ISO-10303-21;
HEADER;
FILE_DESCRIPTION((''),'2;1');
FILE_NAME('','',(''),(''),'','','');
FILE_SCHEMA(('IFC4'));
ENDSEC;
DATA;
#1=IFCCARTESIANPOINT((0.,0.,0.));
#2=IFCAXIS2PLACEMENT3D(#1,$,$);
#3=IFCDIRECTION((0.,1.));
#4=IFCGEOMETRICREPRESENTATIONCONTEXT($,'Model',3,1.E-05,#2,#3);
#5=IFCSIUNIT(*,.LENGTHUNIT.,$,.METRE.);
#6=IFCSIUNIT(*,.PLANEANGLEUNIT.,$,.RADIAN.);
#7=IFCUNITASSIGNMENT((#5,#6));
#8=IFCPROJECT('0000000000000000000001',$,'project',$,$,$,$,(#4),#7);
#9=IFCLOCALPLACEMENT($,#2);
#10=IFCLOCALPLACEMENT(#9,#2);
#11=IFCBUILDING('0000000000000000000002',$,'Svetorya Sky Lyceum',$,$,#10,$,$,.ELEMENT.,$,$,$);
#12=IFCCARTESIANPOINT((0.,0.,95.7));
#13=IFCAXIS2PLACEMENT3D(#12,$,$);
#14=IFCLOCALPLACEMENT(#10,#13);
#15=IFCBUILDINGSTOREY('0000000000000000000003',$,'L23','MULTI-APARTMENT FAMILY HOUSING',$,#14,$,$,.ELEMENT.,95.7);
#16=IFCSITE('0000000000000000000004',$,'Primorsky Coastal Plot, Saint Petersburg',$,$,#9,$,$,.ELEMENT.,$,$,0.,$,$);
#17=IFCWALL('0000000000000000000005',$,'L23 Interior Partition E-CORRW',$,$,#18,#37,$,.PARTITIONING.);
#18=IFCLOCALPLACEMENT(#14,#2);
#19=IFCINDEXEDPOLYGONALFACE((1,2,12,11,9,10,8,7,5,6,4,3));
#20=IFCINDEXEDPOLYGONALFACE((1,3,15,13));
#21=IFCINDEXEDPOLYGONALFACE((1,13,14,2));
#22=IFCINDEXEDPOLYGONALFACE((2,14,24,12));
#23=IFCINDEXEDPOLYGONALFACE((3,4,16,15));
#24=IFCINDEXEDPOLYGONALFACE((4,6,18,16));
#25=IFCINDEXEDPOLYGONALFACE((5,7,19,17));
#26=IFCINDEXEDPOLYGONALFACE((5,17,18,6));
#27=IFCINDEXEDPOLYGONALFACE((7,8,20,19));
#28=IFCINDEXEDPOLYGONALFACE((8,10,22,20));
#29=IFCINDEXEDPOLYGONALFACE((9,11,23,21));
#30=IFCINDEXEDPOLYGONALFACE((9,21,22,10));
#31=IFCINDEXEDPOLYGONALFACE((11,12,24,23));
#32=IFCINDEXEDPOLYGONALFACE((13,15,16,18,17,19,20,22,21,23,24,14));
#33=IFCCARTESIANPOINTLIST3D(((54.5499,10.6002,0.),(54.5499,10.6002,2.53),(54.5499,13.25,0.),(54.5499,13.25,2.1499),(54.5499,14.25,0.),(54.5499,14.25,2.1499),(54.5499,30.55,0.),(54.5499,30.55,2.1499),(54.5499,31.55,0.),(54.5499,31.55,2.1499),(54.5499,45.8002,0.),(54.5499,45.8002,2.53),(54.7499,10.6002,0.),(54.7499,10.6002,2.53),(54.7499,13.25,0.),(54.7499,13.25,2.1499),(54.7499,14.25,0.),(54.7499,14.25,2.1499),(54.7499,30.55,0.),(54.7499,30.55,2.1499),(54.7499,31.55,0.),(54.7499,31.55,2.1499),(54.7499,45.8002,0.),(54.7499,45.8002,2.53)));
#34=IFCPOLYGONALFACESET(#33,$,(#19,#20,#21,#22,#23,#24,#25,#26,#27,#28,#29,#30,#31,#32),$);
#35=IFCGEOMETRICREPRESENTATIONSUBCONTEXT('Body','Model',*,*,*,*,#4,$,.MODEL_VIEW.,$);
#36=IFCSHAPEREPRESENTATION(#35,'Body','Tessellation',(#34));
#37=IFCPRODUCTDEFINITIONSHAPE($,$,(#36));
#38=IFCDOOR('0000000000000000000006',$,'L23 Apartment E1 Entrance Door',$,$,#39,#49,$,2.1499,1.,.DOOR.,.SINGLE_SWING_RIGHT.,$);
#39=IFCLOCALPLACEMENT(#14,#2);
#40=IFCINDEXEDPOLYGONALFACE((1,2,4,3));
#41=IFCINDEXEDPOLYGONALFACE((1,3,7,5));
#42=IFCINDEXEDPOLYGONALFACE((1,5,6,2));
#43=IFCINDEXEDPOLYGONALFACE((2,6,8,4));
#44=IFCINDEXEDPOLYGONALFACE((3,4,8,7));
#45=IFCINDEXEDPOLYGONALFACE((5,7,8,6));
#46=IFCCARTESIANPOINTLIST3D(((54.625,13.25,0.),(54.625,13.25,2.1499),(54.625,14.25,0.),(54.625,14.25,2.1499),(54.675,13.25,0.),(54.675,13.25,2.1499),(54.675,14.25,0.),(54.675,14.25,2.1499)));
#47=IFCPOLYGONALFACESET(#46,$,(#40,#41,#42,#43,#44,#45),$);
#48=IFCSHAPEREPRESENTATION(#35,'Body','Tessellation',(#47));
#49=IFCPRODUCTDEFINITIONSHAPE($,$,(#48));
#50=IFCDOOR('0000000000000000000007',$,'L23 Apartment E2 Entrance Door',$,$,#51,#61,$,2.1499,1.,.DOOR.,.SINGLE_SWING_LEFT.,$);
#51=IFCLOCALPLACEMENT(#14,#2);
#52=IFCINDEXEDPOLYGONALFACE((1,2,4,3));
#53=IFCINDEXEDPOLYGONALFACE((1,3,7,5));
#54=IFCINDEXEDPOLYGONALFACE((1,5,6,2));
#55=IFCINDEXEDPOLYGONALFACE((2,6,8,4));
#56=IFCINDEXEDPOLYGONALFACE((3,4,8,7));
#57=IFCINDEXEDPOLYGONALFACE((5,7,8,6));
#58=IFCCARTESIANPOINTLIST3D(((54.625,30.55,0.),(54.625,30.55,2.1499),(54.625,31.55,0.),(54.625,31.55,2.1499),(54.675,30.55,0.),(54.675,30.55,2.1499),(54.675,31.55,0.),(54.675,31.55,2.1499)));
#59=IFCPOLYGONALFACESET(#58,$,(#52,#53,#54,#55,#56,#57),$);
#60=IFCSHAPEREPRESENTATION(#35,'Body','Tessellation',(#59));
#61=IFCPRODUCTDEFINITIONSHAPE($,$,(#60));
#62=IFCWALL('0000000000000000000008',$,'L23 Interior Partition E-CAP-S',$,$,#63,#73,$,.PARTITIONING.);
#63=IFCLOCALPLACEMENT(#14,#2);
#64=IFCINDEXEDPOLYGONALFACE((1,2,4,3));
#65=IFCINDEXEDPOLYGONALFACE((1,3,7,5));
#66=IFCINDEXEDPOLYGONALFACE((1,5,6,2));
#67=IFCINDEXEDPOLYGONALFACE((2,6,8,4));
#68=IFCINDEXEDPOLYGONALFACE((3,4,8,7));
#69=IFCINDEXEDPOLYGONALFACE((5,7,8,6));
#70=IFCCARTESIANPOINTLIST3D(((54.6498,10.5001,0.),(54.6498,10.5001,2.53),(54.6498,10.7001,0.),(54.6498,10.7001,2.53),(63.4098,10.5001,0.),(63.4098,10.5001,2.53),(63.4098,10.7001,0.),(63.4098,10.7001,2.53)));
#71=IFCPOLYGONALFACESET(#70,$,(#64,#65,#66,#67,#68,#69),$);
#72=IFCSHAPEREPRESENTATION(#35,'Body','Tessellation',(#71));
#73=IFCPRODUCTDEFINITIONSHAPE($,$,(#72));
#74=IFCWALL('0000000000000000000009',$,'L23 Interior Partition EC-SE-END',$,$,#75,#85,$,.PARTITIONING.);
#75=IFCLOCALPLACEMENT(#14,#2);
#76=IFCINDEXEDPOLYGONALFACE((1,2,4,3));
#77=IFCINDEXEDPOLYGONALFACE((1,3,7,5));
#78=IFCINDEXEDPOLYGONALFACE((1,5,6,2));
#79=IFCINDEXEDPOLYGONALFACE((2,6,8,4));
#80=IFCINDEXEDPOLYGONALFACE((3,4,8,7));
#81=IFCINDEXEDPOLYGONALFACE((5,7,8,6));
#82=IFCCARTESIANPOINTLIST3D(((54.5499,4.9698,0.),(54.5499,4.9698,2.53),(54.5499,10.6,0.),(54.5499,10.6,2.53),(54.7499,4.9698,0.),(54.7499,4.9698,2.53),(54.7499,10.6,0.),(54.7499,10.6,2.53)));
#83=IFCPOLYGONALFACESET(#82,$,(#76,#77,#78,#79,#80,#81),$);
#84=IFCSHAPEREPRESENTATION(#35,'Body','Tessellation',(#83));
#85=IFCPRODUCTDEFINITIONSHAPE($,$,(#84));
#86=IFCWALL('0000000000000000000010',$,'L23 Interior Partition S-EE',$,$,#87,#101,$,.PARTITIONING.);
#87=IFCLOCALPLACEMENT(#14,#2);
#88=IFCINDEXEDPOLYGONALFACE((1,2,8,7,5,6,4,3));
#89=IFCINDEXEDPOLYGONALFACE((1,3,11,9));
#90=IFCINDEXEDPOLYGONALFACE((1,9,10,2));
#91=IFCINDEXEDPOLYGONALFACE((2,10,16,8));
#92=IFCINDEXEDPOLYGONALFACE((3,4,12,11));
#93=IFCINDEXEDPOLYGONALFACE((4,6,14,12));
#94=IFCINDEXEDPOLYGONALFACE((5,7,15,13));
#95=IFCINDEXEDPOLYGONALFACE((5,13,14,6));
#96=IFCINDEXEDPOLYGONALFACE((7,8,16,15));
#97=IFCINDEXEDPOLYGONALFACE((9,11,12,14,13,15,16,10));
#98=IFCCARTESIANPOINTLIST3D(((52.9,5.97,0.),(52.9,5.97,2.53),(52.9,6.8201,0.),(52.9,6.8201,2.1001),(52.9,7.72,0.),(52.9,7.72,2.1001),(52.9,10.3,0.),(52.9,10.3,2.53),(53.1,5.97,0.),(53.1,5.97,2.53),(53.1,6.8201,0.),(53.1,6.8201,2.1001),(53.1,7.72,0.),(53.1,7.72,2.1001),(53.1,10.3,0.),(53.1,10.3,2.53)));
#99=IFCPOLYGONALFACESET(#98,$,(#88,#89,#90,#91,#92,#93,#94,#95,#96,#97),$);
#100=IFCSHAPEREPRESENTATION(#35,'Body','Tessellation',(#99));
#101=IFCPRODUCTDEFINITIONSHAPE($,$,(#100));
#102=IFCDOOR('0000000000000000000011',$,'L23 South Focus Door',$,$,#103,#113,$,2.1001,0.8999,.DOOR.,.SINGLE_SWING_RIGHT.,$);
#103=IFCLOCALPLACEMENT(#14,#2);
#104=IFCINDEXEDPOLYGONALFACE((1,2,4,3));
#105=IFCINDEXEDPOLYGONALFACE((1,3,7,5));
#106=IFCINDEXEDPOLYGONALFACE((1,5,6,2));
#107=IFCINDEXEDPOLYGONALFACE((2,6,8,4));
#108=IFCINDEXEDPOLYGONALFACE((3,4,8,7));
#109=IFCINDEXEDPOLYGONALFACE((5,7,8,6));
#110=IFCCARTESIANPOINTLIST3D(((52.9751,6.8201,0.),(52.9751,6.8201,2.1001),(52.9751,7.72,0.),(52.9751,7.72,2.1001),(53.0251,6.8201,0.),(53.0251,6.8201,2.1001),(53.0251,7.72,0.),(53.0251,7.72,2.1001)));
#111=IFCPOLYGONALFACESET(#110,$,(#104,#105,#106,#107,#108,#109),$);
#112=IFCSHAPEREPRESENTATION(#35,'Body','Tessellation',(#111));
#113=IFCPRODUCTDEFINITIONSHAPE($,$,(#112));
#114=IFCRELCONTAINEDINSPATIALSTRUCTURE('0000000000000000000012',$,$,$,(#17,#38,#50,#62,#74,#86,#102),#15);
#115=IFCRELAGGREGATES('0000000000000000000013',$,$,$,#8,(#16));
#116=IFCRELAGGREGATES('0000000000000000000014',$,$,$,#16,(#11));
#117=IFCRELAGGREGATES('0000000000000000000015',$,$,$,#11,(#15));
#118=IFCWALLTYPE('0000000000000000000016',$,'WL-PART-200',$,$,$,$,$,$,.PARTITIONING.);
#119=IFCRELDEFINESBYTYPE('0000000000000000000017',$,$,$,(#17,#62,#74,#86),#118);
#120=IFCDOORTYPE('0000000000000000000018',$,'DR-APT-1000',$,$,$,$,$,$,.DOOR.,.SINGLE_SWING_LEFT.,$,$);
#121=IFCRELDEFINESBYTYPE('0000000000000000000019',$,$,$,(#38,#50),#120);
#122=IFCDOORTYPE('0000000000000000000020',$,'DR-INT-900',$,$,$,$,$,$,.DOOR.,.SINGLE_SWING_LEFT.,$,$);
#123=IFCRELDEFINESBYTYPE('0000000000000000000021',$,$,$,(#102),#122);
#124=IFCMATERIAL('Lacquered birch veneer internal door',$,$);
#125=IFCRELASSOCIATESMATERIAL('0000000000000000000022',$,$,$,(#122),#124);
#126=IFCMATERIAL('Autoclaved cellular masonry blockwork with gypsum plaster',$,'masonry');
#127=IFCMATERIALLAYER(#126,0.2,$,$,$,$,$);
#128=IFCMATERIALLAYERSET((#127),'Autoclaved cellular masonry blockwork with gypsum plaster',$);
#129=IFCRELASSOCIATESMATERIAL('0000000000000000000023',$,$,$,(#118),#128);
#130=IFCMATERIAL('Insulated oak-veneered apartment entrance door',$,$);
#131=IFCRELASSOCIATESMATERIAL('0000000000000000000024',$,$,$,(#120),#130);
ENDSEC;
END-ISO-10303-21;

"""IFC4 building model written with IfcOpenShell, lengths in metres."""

from ifc_helpers import new_model, si_unit, direction, frame, frame_2d, origin, place, context, subcontext, project, spatial, rectangle, extrude, material, layer, layer_set, type_object, element, fill, save


model = new_model("IFC4")

# Units and contexts
model_context = context("Model", 3, precision=1e-05, world=origin(), true_north=direction((0.0, 1.0)))
body_context = subcontext(model_context, "Body", "Model", "MODEL_VIEW")
ifc_project = project(units=[si_unit("LENGTHUNIT", "METRE"), si_unit("PLANEANGLEUNIT", "RADIAN")], contexts=[model_context])

# Site, building, storey
site_placement = place(None, origin())
site = spatial("IfcSite", under=ifc_project, at=site_placement, Name="Primorsky Coastal Plot, Saint Petersburg", CompositionType="ELEMENT", RefElevation=0.0)
building_placement = place(site_placement, origin())
building = spatial("IfcBuilding", under=site, at=building_placement, Name="Svetorya Sky Lyceum", CompositionType="ELEMENT")
storey_placement = place(building_placement, frame((0.0, 0.0, 95.7)))
storey = spatial("IfcBuildingStorey", under=building, at=storey_placement, Name="L23", Description="MULTI-APARTMENT FAMILY HOUSING", CompositionType="ELEMENT", Elevation=95.7)

# Wall, openings, doors
ifc_material_1 = material(Name="Lacquered birch veneer internal door")
door_type_1 = type_object("IfcDoorType", Name="DR-INT-900", OperationType="SINGLE_SWING_LEFT", PredefinedType="DOOR", material=ifc_material_1)
ifc_material_2 = material(Name="Autoclaved cellular masonry blockwork with gypsum plaster", Category="masonry")
ifc_layer_1 = layer(ifc_material_2, 0.2)
ifc_layer_set_1 = layer_set([ifc_layer_1], Name="Autoclaved cellular masonry blockwork with gypsum plaster")
wall_type_1 = type_object("IfcWallType", Name="WL-PART-200", PredefinedType="PARTITIONING", material=ifc_layer_set_1)
wall_1_placement = place(storey_placement, frame((54.6499, 10.6001, 0.0), z_axis=(0.0, 0.0, 1.0), x_axis=(0.0, 1.0, 0.0)))
wall_1 = element("IfcWall", 1, at=wall_1_placement, inside=storey, type_object=wall_type_1, Name="L23 Interior Partition E-CORRW", PredefinedType="PARTITIONING", context=body_context, shape_type="SweptSolid", body=[
    extrude(rectangle(XDim=35.2, YDim=0.2, at=frame_2d((17.6001, 0.0))), origin(), (0.0, 0.0, 1.0), 2.53),
])
opening_1_placement = place(wall_1_placement, frame((2.6499, 0.0, 0.0)))
opening_1 = element("IfcOpeningElement", 2, at=opening_1_placement, cuts=wall_1, PredefinedType="OPENING", context=body_context, shape_type="SweptSolid", body=[
    extrude(rectangle(XDim=1.0, YDim=2.1499, at=frame_2d((0.5, 1.075))), frame((0.0, 0.1099, 0.0), z_axis=(0.0, -1.0, 0.0), x_axis=(1.0, 0.0, 0.0)), (0.0, 0.0, 1.0), 0.22),
])
opening_2_placement = place(wall_1_placement, frame((19.95, 0.0, 0.0)))
opening_2 = element("IfcOpeningElement", 3, at=opening_2_placement, cuts=wall_1, PredefinedType="OPENING", context=body_context, shape_type="SweptSolid", body=[
    extrude(rectangle(XDim=1.0, YDim=2.1499, at=frame_2d((0.5, 1.075))), frame((0.0, 0.1099, 0.0), z_axis=(0.0, -1.0, 0.0), x_axis=(1.0, 0.0, 0.0)), (0.0, 0.0, 1.0), 0.22),
])
ifc_material_3 = material(Name="Insulated oak-veneered apartment entrance door")
door_type_2 = type_object("IfcDoorType", Name="DR-APT-1000", OperationType="SINGLE_SWING_LEFT", PredefinedType="DOOR", material=ifc_material_3)
door_1_placement = place(opening_1_placement, origin())
door_1 = element("IfcDoor", 4, at=door_1_placement, inside=storey, type_object=door_type_2, Name="L23 Apartment E1 Entrance Door", OperationType="SINGLE_SWING_RIGHT", OverallHeight=2.1499, OverallWidth=1.0, PredefinedType="DOOR", context=body_context, shape_type="SweptSolid", body=[
    extrude(rectangle(XDim=1.0, YDim=2.1499, at=frame_2d((0.5, 1.075))), frame((0.0, 0.0249, 0.0), z_axis=(0.0, -1.0, 0.0), x_axis=(1.0, 0.0, 0.0)), (0.0, 0.0, 1.0), 0.05),
])
fill(opening_1, door_1)
door_2_placement = place(opening_2_placement, origin())
door_2 = element("IfcDoor", 5, at=door_2_placement, inside=storey, type_object=door_type_2, Name="L23 Apartment E2 Entrance Door", OperationType="SINGLE_SWING_LEFT", OverallHeight=2.1499, OverallWidth=1.0, PredefinedType="DOOR", context=body_context, shape_type="SweptSolid", body=[
    extrude(rectangle(XDim=1.0, YDim=2.1499, at=frame_2d((0.5, 1.075))), frame((0.0, 0.0249, 0.0), z_axis=(0.0, -1.0, 0.0), x_axis=(1.0, 0.0, 0.0)), (0.0, 0.0, 1.0), 0.05),
])
fill(opening_2, door_2)

# Walls
wall_2_placement = place(storey_placement, frame((54.6499, 10.6001, 0.0), z_axis=(0.0, 0.0, 1.0), x_axis=(1.0, 0.0, 0.0)))
element("IfcWall", 6, at=wall_2_placement, inside=storey, type_object=wall_type_1, Name="L23 Interior Partition E-CAP-S", PredefinedType="PARTITIONING", context=body_context, shape_type="SweptSolid", body=[
    extrude(rectangle(XDim=8.76, YDim=0.2, at=frame_2d((4.3799, 0.0))), origin(), (0.0, 0.0, 1.0), 2.53),
])
wall_3_placement = place(storey_placement, frame((54.6499, 4.97, 0.0), z_axis=(0.0, 0.0, 1.0), x_axis=(0.0, 1.0, 0.0)))
element("IfcWall", 7, at=wall_3_placement, inside=storey, type_object=wall_type_1, Name="L23 Interior Partition EC-SE-END", PredefinedType="PARTITIONING", context=body_context, shape_type="SweptSolid", body=[
    extrude(rectangle(XDim=5.6301, YDim=0.2, at=frame_2d((2.8149, 0.0))), origin(), (0.0, 0.0, 1.0), 2.53),
])

# Wall, opening, door
wall_4_placement = place(storey_placement, frame((53.0, 5.97, 0.0), z_axis=(0.0, 0.0, 1.0), x_axis=(0.0, 1.0, 0.0)))
wall_4 = element("IfcWall", 8, at=wall_4_placement, inside=storey, type_object=wall_type_1, Name="L23 Interior Partition S-EE", PredefinedType="PARTITIONING", context=body_context, shape_type="SweptSolid", body=[
    extrude(rectangle(XDim=4.3301, YDim=0.2, at=frame_2d((2.165, 0.0))), origin(), (0.0, 0.0, 1.0), 2.53),
])
opening_3_placement = place(wall_4_placement, frame((0.8501, 0.0, 0.0)))
opening_3 = element("IfcOpeningElement", 9, at=opening_3_placement, cuts=wall_4, PredefinedType="OPENING", context=body_context, shape_type="SweptSolid", body=[
    extrude(rectangle(XDim=0.8999, YDim=2.1001, at=frame_2d((0.45, 1.05))), frame((0.0, 0.1099, 0.0), z_axis=(0.0, -1.0, 0.0), x_axis=(1.0, 0.0, 0.0)), (0.0, 0.0, 1.0), 0.22),
])
door_3_placement = place(opening_3_placement, origin())
door_3 = element("IfcDoor", 10, at=door_3_placement, inside=storey, type_object=door_type_1, Name="L23 South Focus Door", OperationType="SINGLE_SWING_RIGHT", OverallHeight=2.1001, OverallWidth=0.8999, PredefinedType="DOOR", context=body_context, shape_type="SweptSolid", body=[
    extrude(rectangle(XDim=0.8999, YDim=2.1001, at=frame_2d((0.45, 1.05))), frame((0.0, 0.0249, 0.0), z_axis=(0.0, -1.0, 0.0), x_axis=(1.0, 0.0, 0.0)), (0.0, 0.0, 1.0), 0.05),
])
fill(opening_3, door_3)

save(model, "model.ifc")
